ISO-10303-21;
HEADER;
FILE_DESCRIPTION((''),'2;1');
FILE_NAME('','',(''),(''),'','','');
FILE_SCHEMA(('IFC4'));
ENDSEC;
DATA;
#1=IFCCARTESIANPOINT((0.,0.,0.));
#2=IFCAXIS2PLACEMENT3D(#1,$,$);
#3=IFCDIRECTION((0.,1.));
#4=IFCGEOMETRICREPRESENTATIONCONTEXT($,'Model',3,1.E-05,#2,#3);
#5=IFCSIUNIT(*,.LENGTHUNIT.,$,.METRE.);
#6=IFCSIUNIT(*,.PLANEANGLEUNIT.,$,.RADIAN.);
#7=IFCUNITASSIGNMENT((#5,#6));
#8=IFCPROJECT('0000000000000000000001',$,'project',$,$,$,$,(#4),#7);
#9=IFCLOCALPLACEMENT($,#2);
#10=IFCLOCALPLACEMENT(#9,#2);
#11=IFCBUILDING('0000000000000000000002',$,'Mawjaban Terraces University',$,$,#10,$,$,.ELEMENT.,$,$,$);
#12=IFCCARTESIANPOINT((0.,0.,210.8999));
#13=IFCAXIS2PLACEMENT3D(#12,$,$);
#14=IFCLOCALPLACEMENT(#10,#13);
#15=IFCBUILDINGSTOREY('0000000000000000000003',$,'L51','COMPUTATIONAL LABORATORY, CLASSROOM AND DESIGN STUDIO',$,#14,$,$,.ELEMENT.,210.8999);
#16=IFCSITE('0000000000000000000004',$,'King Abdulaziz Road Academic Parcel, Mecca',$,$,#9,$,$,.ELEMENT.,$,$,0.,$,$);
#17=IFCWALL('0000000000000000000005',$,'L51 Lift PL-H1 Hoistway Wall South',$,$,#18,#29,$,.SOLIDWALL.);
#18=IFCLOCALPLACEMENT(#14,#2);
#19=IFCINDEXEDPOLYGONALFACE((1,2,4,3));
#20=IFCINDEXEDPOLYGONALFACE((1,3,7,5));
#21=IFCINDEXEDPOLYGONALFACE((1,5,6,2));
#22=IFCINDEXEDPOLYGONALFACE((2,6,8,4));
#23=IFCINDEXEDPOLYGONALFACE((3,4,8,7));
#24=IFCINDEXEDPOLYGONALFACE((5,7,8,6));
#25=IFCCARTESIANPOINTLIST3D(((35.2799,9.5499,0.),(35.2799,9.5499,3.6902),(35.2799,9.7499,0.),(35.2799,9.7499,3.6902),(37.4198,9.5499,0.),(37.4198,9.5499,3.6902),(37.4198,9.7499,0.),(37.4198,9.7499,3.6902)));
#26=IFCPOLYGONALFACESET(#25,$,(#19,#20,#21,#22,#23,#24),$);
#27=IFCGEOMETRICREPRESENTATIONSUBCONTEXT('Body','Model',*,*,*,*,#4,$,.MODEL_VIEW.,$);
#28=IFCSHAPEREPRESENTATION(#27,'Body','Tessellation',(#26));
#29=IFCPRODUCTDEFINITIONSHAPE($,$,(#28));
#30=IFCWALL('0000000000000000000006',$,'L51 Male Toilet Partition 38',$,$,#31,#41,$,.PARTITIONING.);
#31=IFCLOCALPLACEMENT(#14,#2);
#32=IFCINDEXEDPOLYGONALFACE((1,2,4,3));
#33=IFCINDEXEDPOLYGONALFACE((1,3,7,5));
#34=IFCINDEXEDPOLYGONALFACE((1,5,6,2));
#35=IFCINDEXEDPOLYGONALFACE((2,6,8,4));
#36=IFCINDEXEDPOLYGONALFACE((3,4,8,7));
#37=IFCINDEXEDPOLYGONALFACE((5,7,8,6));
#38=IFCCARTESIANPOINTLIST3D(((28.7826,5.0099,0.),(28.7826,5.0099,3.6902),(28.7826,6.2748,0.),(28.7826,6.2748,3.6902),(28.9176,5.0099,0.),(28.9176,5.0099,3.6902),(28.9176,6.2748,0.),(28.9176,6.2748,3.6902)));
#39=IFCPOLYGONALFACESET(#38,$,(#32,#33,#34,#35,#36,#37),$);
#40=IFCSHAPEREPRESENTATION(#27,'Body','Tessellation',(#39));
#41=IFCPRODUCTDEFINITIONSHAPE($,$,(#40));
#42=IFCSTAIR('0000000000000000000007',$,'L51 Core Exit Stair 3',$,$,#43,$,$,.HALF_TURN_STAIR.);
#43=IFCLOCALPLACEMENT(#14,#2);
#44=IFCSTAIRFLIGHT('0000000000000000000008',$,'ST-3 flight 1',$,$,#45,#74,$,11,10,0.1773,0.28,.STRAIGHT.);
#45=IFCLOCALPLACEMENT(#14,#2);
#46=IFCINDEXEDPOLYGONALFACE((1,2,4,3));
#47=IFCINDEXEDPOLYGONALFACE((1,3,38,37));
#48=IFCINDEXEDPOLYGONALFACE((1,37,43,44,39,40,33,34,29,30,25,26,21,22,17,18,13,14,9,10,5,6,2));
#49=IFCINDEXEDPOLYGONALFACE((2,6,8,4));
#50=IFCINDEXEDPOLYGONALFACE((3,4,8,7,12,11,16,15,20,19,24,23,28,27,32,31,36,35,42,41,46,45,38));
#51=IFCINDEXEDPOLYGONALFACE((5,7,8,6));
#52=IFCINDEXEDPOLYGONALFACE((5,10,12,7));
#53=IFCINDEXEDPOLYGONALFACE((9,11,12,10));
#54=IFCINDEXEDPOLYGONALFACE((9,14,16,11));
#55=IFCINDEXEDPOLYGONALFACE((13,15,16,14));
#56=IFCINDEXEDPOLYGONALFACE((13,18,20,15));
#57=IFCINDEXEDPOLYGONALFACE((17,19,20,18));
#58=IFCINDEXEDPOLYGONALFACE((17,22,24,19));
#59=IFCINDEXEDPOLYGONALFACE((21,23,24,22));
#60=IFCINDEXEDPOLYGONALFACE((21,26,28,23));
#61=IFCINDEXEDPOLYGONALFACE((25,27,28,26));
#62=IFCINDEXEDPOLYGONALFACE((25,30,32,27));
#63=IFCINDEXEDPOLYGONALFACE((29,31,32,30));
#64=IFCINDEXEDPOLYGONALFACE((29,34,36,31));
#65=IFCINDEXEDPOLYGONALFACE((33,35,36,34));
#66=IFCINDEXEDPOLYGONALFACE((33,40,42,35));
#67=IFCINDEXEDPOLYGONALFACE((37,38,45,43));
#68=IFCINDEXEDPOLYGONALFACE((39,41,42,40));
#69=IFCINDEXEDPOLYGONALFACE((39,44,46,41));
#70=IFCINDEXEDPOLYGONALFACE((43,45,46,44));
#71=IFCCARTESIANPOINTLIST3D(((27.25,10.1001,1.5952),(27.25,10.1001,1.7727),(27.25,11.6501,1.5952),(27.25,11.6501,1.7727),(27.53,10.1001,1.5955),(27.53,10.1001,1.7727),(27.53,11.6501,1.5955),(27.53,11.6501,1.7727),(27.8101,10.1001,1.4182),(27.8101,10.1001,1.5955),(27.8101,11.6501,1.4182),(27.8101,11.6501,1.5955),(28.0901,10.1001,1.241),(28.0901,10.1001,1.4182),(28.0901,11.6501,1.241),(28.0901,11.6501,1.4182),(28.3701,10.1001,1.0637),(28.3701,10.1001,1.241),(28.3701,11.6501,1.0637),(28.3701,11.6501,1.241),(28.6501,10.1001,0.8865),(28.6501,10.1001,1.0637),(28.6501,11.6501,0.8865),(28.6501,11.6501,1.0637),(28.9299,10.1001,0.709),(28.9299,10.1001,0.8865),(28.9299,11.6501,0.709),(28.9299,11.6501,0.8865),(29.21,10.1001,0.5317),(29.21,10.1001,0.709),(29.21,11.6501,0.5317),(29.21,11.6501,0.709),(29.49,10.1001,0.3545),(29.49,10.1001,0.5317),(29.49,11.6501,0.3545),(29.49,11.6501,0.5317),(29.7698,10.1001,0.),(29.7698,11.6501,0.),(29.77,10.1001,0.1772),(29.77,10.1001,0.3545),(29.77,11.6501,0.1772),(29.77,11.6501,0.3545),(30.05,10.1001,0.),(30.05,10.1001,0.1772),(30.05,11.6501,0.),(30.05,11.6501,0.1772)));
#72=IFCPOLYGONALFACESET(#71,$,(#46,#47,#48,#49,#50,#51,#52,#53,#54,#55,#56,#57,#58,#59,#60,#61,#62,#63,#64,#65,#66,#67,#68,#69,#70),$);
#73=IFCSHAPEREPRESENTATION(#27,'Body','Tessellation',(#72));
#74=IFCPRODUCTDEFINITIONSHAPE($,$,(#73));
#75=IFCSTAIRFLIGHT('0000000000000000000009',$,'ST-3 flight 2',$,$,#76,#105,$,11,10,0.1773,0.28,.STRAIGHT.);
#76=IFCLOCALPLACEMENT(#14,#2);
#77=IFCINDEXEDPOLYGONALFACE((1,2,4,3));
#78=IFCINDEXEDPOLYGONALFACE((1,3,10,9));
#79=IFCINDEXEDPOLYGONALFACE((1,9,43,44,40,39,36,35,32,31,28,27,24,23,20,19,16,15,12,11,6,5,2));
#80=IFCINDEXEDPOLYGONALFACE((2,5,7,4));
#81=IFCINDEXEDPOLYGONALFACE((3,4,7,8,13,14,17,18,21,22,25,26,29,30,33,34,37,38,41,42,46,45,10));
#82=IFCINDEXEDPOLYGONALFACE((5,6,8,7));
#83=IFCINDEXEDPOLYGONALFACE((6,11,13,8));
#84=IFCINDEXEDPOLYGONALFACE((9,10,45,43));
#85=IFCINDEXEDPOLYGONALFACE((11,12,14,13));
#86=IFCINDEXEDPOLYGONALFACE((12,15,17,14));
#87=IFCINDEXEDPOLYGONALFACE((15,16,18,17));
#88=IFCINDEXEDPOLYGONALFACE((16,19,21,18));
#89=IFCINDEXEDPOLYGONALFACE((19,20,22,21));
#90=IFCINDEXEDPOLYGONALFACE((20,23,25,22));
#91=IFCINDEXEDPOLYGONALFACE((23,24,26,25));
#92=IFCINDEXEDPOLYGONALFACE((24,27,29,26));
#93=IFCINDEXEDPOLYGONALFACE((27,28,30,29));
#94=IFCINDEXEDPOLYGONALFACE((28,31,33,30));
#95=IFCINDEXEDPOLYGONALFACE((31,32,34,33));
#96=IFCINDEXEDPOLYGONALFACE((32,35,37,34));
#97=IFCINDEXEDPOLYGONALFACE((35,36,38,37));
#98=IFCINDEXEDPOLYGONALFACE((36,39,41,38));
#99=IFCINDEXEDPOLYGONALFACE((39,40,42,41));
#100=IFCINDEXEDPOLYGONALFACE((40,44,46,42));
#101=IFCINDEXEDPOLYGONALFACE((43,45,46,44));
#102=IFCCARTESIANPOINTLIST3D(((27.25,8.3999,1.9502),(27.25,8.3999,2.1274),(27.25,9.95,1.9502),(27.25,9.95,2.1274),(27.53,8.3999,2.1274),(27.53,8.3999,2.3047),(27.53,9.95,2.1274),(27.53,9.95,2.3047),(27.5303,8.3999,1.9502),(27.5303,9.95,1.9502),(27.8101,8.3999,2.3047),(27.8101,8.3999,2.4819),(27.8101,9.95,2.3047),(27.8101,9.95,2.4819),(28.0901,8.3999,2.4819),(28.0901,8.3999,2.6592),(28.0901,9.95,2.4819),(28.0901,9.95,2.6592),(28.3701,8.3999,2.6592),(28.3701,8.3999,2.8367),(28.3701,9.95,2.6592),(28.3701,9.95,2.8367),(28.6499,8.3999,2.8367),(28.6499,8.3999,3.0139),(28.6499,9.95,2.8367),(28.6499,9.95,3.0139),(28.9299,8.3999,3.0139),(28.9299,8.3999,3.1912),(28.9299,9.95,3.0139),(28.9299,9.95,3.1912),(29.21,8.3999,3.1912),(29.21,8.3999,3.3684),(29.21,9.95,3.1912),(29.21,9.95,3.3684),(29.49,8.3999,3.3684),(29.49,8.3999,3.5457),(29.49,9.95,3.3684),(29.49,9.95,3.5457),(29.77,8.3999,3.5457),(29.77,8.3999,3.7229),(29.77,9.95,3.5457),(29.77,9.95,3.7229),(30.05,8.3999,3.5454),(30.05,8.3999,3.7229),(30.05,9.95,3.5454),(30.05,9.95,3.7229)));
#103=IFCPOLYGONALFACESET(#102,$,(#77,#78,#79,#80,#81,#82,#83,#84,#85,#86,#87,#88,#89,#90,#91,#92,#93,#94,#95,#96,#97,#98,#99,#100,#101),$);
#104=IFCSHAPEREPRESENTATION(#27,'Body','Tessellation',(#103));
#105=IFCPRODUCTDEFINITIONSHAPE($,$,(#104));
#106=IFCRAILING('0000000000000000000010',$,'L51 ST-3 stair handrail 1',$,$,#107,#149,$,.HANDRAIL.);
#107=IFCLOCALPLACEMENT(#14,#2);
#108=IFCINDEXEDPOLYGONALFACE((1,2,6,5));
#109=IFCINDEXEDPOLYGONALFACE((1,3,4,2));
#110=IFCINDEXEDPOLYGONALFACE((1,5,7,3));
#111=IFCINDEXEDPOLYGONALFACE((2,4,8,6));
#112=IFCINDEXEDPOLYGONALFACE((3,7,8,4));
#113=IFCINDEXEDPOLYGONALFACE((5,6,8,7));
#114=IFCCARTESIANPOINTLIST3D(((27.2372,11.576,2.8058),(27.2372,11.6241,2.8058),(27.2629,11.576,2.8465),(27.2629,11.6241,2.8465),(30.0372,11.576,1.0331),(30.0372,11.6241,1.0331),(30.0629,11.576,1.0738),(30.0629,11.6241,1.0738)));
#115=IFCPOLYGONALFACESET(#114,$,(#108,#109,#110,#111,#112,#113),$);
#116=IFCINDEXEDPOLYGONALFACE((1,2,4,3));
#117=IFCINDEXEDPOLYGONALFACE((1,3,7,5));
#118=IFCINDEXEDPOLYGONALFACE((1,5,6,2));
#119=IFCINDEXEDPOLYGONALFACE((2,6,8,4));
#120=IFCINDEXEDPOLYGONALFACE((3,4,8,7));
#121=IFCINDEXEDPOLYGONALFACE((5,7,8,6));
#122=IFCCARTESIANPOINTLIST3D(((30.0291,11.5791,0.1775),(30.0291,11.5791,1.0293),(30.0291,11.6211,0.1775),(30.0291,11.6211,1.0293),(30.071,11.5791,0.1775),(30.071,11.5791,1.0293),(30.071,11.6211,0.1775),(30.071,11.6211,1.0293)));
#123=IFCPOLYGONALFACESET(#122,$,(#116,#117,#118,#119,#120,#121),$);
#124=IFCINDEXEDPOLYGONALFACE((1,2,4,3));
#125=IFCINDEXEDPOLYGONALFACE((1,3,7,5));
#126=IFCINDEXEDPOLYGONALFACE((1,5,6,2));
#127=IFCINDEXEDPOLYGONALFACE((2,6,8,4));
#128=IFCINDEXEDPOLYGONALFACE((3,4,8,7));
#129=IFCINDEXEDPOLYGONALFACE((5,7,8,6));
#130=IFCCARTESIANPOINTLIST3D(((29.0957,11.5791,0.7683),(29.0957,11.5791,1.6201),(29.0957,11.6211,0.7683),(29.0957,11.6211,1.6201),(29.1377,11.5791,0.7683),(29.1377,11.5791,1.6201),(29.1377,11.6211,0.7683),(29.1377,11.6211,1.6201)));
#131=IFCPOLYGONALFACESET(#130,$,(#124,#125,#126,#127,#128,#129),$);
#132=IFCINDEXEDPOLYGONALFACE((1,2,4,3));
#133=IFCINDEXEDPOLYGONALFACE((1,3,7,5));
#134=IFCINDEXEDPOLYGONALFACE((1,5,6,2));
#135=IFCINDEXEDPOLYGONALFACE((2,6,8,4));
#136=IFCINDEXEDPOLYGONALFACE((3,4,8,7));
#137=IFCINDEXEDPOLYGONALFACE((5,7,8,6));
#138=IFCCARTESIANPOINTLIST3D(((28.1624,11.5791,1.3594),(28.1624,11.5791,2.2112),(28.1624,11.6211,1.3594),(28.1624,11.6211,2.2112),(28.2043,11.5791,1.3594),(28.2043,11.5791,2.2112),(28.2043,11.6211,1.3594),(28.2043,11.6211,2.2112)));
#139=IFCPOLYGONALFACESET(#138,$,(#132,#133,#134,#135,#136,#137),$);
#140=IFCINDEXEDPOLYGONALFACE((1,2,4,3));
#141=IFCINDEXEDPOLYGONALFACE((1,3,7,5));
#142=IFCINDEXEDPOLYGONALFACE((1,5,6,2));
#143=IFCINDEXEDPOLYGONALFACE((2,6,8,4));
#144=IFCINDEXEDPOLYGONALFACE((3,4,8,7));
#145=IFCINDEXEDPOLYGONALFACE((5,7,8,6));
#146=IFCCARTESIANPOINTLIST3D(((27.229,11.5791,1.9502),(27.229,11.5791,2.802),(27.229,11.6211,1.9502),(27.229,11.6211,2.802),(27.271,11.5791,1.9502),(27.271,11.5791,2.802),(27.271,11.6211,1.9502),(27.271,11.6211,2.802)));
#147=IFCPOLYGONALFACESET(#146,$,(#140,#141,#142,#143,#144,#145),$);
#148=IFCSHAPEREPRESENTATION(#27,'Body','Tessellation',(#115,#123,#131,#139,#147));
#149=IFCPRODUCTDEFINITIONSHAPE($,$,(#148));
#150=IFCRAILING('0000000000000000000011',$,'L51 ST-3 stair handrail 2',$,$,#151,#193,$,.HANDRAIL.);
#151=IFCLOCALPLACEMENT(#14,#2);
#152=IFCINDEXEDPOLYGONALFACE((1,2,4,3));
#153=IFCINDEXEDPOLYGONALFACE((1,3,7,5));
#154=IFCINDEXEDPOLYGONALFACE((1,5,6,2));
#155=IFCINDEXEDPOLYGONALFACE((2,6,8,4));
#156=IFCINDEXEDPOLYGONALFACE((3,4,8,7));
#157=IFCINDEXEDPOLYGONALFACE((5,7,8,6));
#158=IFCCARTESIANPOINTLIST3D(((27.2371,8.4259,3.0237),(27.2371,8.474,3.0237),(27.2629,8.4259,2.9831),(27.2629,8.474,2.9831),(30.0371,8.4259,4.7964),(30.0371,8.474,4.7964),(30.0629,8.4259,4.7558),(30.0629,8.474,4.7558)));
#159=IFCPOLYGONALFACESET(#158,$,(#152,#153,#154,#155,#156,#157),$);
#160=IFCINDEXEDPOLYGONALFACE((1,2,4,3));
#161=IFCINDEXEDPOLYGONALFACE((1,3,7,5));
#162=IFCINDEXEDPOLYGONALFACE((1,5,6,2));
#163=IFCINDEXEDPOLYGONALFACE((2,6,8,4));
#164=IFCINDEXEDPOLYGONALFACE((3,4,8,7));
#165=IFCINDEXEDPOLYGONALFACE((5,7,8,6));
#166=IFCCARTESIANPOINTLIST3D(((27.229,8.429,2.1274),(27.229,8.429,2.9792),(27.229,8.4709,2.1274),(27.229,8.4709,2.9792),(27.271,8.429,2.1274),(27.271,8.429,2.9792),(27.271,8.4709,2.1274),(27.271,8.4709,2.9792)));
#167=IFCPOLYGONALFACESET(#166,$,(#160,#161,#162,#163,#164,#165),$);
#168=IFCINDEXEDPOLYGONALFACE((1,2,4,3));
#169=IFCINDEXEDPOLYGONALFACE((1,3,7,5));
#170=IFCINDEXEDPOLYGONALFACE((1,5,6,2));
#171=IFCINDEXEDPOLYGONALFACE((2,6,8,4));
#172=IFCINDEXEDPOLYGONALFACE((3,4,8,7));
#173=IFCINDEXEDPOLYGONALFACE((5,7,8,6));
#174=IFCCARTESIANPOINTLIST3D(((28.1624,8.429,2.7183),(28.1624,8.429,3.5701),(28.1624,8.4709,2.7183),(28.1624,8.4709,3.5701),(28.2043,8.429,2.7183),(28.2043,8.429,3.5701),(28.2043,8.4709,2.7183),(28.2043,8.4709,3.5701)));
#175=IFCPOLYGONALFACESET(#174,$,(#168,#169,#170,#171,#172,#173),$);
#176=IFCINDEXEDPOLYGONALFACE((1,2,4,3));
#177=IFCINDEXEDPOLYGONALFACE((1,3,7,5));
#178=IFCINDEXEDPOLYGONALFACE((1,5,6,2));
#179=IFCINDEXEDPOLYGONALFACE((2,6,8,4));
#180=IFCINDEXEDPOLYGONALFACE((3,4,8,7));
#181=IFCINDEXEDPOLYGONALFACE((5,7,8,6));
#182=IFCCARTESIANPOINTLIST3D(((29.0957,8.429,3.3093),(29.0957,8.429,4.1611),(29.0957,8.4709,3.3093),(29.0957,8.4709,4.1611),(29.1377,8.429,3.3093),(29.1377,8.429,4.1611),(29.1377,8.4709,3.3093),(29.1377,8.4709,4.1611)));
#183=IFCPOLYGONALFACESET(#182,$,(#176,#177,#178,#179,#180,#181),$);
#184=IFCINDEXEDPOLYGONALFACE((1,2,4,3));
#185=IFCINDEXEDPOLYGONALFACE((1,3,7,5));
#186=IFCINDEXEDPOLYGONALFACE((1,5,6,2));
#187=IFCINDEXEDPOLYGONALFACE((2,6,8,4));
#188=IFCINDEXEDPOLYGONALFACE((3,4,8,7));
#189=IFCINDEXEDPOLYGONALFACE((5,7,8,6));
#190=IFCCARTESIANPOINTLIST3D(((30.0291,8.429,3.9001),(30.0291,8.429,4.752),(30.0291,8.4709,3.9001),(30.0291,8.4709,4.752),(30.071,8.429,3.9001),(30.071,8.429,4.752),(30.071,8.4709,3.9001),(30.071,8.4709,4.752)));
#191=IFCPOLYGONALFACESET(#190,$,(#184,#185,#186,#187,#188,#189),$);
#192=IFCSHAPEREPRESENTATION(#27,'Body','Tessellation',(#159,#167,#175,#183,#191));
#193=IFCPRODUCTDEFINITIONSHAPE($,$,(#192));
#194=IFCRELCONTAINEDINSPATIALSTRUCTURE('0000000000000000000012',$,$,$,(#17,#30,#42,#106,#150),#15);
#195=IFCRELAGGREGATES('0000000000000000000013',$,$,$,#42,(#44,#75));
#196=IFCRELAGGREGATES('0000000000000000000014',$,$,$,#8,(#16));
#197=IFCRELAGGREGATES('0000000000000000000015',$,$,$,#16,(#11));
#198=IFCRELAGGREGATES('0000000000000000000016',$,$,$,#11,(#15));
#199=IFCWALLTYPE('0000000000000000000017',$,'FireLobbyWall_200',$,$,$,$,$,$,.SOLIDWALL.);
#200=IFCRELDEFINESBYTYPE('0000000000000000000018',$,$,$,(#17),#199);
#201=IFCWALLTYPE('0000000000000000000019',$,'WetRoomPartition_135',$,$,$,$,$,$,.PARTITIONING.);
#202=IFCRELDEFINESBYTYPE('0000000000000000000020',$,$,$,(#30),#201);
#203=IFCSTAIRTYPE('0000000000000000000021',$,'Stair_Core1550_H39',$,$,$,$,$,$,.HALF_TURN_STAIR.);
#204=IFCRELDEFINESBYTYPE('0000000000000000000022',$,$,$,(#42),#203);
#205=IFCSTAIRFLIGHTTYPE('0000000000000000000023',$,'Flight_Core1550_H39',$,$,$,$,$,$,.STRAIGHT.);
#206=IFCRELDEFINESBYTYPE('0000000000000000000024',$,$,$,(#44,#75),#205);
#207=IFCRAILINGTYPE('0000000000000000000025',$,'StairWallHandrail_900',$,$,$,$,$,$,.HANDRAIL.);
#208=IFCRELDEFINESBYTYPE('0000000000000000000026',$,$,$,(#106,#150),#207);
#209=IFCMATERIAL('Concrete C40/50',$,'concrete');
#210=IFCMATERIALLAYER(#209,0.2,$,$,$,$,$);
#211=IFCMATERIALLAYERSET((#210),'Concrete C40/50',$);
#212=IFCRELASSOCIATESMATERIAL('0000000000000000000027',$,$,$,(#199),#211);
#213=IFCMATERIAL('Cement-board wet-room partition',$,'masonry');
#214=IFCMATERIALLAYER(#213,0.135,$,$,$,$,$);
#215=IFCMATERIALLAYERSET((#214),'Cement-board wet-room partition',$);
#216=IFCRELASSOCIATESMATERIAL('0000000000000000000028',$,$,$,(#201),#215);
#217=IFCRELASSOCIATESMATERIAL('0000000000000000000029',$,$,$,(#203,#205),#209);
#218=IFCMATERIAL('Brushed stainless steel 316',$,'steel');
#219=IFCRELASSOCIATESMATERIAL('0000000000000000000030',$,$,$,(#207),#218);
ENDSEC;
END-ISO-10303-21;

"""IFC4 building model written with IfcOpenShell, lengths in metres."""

from ifc_helpers import new_model, si_unit, direction, frame, frame_2d, origin, origin_2d, place, context, subcontext, project, spatial, polyline, rectangle, outline, extrude, material, layer, layer_set, type_object, element, aggregate, save


model = new_model("IFC4")

# Units and contexts
model_context = context("Model", 3, precision=1e-05, world=origin(), true_north=direction((0.0, 1.0)))
body_context = subcontext(model_context, "Body", "Model", "MODEL_VIEW")
ifc_project = project(units=[si_unit("LENGTHUNIT", "METRE"), si_unit("PLANEANGLEUNIT", "RADIAN")], contexts=[model_context])

# Site, building, storey
site_placement = place(None, origin())
site = spatial("IfcSite", under=ifc_project, at=site_placement, Name="King Abdulaziz Road Academic Parcel, Mecca", CompositionType="ELEMENT", RefElevation=0.0)
building_placement = place(site_placement, origin())
building = spatial("IfcBuilding", under=site, at=building_placement, Name="Mawjaban Terraces University", CompositionType="ELEMENT")
storey_placement = place(building_placement, frame((0.0, 0.0, 210.8999)))
storey = spatial("IfcBuildingStorey", under=building, at=storey_placement, Name="L51", Description="COMPUTATIONAL LABORATORY, CLASSROOM AND DESIGN STUDIO", CompositionType="ELEMENT", Elevation=210.8999)

# Shared definitions
ifc_material_1 = material(Name="Concrete C40/50", Category="concrete")
ifc_layer_1 = layer(ifc_material_1, 0.2)
ifc_layer_set_1 = layer_set([ifc_layer_1], Name="Concrete C40/50")
wall_type_1 = type_object("IfcWallType", Name="FireLobbyWall_200", PredefinedType="SOLIDWALL", material=ifc_layer_set_1)

# Wall
wall_1_placement = place(storey_placement, frame((35.28, 9.6499, 0.0), z_axis=(0.0, 0.0, 1.0), x_axis=(1.0, 0.0, 0.0)))
element("IfcWall", 1, at=wall_1_placement, inside=storey, type_object=wall_type_1, Name="L51 Lift PL-H1 Hoistway Wall South", PredefinedType="SOLIDWALL", context=body_context, shape_type="SweptSolid", body=[
    extrude(rectangle(XDim=2.1399, YDim=0.2, at=frame_2d((1.0698, 0.0))), origin(), (0.0, 0.0, 1.0), 3.6902),
])

# Wall
ifc_material_2 = material(Name="Cement-board wet-room partition", Category="masonry")
ifc_layer_2 = layer(ifc_material_2, 0.135)
ifc_layer_set_2 = layer_set([ifc_layer_2], Name="Cement-board wet-room partition")
wall_type_2 = type_object("IfcWallType", Name="WetRoomPartition_135", PredefinedType="PARTITIONING", material=ifc_layer_set_2)
wall_2_placement = place(storey_placement, frame((28.8501, 5.01, 0.0), z_axis=(0.0, 0.0, 1.0), x_axis=(0.0, 1.0, 0.0)))
element("IfcWall", 2, at=wall_2_placement, inside=storey, type_object=wall_type_2, Name="L51 Male Toilet Partition 38", PredefinedType="PARTITIONING", context=body_context, shape_type="SweptSolid", body=[
    extrude(rectangle(XDim=1.2649, YDim=0.135, at=frame_2d((0.6323, 0.0))), origin(), (0.0, 0.0, 1.0), 3.6902),
])

# Stair, stair flights
stair_type = type_object("IfcStairType", Name="Stair_Core1550_H39", PredefinedType="HALF_TURN_STAIR", material=ifc_material_1)
stair_placement = place(storey_placement, origin())
stair = element("IfcStair", 3, at=stair_placement, inside=storey, type_object=stair_type, Name="L51 Core Exit Stair 3", PredefinedType="HALF_TURN_STAIR")
stair_flight_type = type_object("IfcStairFlightType", Name="Flight_Core1550_H39", PredefinedType="STRAIGHT", material=ifc_material_1)
stair_flight_1_placement = place(storey_placement, frame((30.05, 10.875, 0.0), z_axis=(0.0, 0.0, 1.0), x_axis=(-1.0, 0.0, 0.0)))
stair_flight_1 = element("IfcStairFlight", 4, at=stair_flight_1_placement, type_object=stair_flight_type, Name="ST-3 flight 1", NumberOfRisers=11, NumberOfTreads=10, PredefinedType="STRAIGHT", RiserHeight=0.1773, TreadLength=0.28, context=body_context, shape_type="SweptSolid", body=[
    extrude(outline(polyline([(0.0, 0.0), (0.0, 0.1772), (0.28, 0.1772), (0.28, 0.3545), (0.5601, 0.3545), (0.5601, 0.5317), (0.8401, 0.5317), (0.8401, 0.709), (1.1201, 0.709), (1.1201, 0.8865), (1.3999, 0.8865), (1.3999, 1.0637), (1.6799, 1.0637), (1.6799, 1.241), (1.96, 1.241), (1.96, 1.4182), (2.24, 1.4182), (2.24, 1.5955), (2.52, 1.5955), (2.52, 1.7727), (2.8, 1.7727), (2.8, 1.95), (2.8, 1.5952), (0.2803, 0.0), (0.0, 0.0)])), frame((0.0, 0.7749, 0.0), z_axis=(0.0, -1.0, 0.0), x_axis=(1.0, 0.0, 0.0)), (0.0, 0.0, 1.0), 1.55),
])
stair_flight_2_placement = place(storey_placement, frame((27.25, 9.175, 1.9502), z_axis=(0.0, 0.0, 1.0), x_axis=(1.0, 0.0, 0.0)))
stair_flight_2 = element("IfcStairFlight", 5, at=stair_flight_2_placement, type_object=stair_flight_type, Name="ST-3 flight 2", NumberOfRisers=11, NumberOfTreads=10, PredefinedType="STRAIGHT", RiserHeight=0.1773, TreadLength=0.28, context=body_context, shape_type="SweptSolid", body=[
    extrude(outline(polyline([(0.0, 0.0), (0.0, 0.1772), (0.28, 0.1772), (0.28, 0.3545), (0.5601, 0.3545), (0.5601, 0.5317), (0.8401, 0.5317), (0.8401, 0.709), (1.1201, 0.709), (1.1201, 0.8865), (1.3999, 0.8865), (1.3999, 1.0637), (1.6799, 1.0637), (1.6799, 1.241), (1.96, 1.241), (1.96, 1.4182), (2.24, 1.4182), (2.24, 1.5955), (2.52, 1.5955), (2.52, 1.7727), (2.8, 1.7727), (2.8, 1.95), (2.8, 1.5952), (0.2803, 0.0), (0.0, 0.0)])), frame((0.0, 0.7749, 0.0), z_axis=(0.0, -1.0, 0.0), x_axis=(1.0, 0.0, 0.0)), (0.0, 0.0, 1.0), 1.55),
])
aggregate(stair, [stair_flight_1, stair_flight_2])

# Railings
ifc_material_3 = material(Name="Brushed stainless steel 316", Category="steel")
railing_type_1 = type_object("IfcRailingType", Name="StairWallHandrail_900", PredefinedType="HANDRAIL", material=ifc_material_3)
railing_1_placement = place(storey_placement, frame((30.05, 11.6001, 0.1775)))
element("IfcRailing", 6, at=railing_1_placement, inside=storey, type_object=railing_type_1, Name="L51 ST-3 stair handrail 1", PredefinedType="HANDRAIL", context=body_context, shape_type="SweptSolid", body=[
    extrude(rectangle(XDim=0.0481, YDim=0.0481, at=origin_2d()), frame((0.0, 0.0, 0.876), z_axis=(-0.844909, 0.0, 0.53491), x_axis=(0.0, -1.0, 0.0)), (0.0, 0.0, 1.0), 3.314),
    extrude(rectangle(XDim=0.042, YDim=0.042, at=origin_2d()), origin(), (0.0, 0.0, 1.0), 0.8518),
    extrude(rectangle(XDim=0.042, YDim=0.042, at=origin_2d()), frame((-0.9333, 0.0, 0.5908)), (0.0, 0.0, 1.0), 0.8518),
    extrude(rectangle(XDim=0.042, YDim=0.042, at=origin_2d()), frame((-1.8667, 0.0, 1.1819)), (0.0, 0.0, 1.0), 0.8518),
    extrude(rectangle(XDim=0.042, YDim=0.042, at=origin_2d()), frame((-2.8, 0.0, 1.7727)), (0.0, 0.0, 1.0), 0.8518),
])
railing_2_placement = place(storey_placement, frame((27.25, 8.45, 2.1274)))
element("IfcRailing", 7, at=railing_2_placement, inside=storey, type_object=railing_type_1, Name="L51 ST-3 stair handrail 2", PredefinedType="HANDRAIL", context=body_context, shape_type="SweptSolid", body=[
    extrude(rectangle(XDim=0.0481, YDim=0.0481, at=origin_2d()), frame((0.0, 0.0, 0.876), z_axis=(0.844909, 0.0, 0.53491), x_axis=(0.0, 1.0, 0.0)), (0.0, 0.0, 1.0), 3.314),
    extrude(rectangle(XDim=0.042, YDim=0.042, at=origin_2d()), origin(), (0.0, 0.0, 1.0), 0.8518),
    extrude(rectangle(XDim=0.042, YDim=0.042, at=origin_2d()), frame((0.9333, 0.0, 0.5908)), (0.0, 0.0, 1.0), 0.8518),
    extrude(rectangle(XDim=0.042, YDim=0.042, at=origin_2d()), frame((1.8667, 0.0, 1.1819)), (0.0, 0.0, 1.0), 0.8518),
    extrude(rectangle(XDim=0.042, YDim=0.042, at=origin_2d()), frame((2.8, 0.0, 1.7727)), (0.0, 0.0, 1.0), 0.8518),
])

save(model, "model.ifc")
